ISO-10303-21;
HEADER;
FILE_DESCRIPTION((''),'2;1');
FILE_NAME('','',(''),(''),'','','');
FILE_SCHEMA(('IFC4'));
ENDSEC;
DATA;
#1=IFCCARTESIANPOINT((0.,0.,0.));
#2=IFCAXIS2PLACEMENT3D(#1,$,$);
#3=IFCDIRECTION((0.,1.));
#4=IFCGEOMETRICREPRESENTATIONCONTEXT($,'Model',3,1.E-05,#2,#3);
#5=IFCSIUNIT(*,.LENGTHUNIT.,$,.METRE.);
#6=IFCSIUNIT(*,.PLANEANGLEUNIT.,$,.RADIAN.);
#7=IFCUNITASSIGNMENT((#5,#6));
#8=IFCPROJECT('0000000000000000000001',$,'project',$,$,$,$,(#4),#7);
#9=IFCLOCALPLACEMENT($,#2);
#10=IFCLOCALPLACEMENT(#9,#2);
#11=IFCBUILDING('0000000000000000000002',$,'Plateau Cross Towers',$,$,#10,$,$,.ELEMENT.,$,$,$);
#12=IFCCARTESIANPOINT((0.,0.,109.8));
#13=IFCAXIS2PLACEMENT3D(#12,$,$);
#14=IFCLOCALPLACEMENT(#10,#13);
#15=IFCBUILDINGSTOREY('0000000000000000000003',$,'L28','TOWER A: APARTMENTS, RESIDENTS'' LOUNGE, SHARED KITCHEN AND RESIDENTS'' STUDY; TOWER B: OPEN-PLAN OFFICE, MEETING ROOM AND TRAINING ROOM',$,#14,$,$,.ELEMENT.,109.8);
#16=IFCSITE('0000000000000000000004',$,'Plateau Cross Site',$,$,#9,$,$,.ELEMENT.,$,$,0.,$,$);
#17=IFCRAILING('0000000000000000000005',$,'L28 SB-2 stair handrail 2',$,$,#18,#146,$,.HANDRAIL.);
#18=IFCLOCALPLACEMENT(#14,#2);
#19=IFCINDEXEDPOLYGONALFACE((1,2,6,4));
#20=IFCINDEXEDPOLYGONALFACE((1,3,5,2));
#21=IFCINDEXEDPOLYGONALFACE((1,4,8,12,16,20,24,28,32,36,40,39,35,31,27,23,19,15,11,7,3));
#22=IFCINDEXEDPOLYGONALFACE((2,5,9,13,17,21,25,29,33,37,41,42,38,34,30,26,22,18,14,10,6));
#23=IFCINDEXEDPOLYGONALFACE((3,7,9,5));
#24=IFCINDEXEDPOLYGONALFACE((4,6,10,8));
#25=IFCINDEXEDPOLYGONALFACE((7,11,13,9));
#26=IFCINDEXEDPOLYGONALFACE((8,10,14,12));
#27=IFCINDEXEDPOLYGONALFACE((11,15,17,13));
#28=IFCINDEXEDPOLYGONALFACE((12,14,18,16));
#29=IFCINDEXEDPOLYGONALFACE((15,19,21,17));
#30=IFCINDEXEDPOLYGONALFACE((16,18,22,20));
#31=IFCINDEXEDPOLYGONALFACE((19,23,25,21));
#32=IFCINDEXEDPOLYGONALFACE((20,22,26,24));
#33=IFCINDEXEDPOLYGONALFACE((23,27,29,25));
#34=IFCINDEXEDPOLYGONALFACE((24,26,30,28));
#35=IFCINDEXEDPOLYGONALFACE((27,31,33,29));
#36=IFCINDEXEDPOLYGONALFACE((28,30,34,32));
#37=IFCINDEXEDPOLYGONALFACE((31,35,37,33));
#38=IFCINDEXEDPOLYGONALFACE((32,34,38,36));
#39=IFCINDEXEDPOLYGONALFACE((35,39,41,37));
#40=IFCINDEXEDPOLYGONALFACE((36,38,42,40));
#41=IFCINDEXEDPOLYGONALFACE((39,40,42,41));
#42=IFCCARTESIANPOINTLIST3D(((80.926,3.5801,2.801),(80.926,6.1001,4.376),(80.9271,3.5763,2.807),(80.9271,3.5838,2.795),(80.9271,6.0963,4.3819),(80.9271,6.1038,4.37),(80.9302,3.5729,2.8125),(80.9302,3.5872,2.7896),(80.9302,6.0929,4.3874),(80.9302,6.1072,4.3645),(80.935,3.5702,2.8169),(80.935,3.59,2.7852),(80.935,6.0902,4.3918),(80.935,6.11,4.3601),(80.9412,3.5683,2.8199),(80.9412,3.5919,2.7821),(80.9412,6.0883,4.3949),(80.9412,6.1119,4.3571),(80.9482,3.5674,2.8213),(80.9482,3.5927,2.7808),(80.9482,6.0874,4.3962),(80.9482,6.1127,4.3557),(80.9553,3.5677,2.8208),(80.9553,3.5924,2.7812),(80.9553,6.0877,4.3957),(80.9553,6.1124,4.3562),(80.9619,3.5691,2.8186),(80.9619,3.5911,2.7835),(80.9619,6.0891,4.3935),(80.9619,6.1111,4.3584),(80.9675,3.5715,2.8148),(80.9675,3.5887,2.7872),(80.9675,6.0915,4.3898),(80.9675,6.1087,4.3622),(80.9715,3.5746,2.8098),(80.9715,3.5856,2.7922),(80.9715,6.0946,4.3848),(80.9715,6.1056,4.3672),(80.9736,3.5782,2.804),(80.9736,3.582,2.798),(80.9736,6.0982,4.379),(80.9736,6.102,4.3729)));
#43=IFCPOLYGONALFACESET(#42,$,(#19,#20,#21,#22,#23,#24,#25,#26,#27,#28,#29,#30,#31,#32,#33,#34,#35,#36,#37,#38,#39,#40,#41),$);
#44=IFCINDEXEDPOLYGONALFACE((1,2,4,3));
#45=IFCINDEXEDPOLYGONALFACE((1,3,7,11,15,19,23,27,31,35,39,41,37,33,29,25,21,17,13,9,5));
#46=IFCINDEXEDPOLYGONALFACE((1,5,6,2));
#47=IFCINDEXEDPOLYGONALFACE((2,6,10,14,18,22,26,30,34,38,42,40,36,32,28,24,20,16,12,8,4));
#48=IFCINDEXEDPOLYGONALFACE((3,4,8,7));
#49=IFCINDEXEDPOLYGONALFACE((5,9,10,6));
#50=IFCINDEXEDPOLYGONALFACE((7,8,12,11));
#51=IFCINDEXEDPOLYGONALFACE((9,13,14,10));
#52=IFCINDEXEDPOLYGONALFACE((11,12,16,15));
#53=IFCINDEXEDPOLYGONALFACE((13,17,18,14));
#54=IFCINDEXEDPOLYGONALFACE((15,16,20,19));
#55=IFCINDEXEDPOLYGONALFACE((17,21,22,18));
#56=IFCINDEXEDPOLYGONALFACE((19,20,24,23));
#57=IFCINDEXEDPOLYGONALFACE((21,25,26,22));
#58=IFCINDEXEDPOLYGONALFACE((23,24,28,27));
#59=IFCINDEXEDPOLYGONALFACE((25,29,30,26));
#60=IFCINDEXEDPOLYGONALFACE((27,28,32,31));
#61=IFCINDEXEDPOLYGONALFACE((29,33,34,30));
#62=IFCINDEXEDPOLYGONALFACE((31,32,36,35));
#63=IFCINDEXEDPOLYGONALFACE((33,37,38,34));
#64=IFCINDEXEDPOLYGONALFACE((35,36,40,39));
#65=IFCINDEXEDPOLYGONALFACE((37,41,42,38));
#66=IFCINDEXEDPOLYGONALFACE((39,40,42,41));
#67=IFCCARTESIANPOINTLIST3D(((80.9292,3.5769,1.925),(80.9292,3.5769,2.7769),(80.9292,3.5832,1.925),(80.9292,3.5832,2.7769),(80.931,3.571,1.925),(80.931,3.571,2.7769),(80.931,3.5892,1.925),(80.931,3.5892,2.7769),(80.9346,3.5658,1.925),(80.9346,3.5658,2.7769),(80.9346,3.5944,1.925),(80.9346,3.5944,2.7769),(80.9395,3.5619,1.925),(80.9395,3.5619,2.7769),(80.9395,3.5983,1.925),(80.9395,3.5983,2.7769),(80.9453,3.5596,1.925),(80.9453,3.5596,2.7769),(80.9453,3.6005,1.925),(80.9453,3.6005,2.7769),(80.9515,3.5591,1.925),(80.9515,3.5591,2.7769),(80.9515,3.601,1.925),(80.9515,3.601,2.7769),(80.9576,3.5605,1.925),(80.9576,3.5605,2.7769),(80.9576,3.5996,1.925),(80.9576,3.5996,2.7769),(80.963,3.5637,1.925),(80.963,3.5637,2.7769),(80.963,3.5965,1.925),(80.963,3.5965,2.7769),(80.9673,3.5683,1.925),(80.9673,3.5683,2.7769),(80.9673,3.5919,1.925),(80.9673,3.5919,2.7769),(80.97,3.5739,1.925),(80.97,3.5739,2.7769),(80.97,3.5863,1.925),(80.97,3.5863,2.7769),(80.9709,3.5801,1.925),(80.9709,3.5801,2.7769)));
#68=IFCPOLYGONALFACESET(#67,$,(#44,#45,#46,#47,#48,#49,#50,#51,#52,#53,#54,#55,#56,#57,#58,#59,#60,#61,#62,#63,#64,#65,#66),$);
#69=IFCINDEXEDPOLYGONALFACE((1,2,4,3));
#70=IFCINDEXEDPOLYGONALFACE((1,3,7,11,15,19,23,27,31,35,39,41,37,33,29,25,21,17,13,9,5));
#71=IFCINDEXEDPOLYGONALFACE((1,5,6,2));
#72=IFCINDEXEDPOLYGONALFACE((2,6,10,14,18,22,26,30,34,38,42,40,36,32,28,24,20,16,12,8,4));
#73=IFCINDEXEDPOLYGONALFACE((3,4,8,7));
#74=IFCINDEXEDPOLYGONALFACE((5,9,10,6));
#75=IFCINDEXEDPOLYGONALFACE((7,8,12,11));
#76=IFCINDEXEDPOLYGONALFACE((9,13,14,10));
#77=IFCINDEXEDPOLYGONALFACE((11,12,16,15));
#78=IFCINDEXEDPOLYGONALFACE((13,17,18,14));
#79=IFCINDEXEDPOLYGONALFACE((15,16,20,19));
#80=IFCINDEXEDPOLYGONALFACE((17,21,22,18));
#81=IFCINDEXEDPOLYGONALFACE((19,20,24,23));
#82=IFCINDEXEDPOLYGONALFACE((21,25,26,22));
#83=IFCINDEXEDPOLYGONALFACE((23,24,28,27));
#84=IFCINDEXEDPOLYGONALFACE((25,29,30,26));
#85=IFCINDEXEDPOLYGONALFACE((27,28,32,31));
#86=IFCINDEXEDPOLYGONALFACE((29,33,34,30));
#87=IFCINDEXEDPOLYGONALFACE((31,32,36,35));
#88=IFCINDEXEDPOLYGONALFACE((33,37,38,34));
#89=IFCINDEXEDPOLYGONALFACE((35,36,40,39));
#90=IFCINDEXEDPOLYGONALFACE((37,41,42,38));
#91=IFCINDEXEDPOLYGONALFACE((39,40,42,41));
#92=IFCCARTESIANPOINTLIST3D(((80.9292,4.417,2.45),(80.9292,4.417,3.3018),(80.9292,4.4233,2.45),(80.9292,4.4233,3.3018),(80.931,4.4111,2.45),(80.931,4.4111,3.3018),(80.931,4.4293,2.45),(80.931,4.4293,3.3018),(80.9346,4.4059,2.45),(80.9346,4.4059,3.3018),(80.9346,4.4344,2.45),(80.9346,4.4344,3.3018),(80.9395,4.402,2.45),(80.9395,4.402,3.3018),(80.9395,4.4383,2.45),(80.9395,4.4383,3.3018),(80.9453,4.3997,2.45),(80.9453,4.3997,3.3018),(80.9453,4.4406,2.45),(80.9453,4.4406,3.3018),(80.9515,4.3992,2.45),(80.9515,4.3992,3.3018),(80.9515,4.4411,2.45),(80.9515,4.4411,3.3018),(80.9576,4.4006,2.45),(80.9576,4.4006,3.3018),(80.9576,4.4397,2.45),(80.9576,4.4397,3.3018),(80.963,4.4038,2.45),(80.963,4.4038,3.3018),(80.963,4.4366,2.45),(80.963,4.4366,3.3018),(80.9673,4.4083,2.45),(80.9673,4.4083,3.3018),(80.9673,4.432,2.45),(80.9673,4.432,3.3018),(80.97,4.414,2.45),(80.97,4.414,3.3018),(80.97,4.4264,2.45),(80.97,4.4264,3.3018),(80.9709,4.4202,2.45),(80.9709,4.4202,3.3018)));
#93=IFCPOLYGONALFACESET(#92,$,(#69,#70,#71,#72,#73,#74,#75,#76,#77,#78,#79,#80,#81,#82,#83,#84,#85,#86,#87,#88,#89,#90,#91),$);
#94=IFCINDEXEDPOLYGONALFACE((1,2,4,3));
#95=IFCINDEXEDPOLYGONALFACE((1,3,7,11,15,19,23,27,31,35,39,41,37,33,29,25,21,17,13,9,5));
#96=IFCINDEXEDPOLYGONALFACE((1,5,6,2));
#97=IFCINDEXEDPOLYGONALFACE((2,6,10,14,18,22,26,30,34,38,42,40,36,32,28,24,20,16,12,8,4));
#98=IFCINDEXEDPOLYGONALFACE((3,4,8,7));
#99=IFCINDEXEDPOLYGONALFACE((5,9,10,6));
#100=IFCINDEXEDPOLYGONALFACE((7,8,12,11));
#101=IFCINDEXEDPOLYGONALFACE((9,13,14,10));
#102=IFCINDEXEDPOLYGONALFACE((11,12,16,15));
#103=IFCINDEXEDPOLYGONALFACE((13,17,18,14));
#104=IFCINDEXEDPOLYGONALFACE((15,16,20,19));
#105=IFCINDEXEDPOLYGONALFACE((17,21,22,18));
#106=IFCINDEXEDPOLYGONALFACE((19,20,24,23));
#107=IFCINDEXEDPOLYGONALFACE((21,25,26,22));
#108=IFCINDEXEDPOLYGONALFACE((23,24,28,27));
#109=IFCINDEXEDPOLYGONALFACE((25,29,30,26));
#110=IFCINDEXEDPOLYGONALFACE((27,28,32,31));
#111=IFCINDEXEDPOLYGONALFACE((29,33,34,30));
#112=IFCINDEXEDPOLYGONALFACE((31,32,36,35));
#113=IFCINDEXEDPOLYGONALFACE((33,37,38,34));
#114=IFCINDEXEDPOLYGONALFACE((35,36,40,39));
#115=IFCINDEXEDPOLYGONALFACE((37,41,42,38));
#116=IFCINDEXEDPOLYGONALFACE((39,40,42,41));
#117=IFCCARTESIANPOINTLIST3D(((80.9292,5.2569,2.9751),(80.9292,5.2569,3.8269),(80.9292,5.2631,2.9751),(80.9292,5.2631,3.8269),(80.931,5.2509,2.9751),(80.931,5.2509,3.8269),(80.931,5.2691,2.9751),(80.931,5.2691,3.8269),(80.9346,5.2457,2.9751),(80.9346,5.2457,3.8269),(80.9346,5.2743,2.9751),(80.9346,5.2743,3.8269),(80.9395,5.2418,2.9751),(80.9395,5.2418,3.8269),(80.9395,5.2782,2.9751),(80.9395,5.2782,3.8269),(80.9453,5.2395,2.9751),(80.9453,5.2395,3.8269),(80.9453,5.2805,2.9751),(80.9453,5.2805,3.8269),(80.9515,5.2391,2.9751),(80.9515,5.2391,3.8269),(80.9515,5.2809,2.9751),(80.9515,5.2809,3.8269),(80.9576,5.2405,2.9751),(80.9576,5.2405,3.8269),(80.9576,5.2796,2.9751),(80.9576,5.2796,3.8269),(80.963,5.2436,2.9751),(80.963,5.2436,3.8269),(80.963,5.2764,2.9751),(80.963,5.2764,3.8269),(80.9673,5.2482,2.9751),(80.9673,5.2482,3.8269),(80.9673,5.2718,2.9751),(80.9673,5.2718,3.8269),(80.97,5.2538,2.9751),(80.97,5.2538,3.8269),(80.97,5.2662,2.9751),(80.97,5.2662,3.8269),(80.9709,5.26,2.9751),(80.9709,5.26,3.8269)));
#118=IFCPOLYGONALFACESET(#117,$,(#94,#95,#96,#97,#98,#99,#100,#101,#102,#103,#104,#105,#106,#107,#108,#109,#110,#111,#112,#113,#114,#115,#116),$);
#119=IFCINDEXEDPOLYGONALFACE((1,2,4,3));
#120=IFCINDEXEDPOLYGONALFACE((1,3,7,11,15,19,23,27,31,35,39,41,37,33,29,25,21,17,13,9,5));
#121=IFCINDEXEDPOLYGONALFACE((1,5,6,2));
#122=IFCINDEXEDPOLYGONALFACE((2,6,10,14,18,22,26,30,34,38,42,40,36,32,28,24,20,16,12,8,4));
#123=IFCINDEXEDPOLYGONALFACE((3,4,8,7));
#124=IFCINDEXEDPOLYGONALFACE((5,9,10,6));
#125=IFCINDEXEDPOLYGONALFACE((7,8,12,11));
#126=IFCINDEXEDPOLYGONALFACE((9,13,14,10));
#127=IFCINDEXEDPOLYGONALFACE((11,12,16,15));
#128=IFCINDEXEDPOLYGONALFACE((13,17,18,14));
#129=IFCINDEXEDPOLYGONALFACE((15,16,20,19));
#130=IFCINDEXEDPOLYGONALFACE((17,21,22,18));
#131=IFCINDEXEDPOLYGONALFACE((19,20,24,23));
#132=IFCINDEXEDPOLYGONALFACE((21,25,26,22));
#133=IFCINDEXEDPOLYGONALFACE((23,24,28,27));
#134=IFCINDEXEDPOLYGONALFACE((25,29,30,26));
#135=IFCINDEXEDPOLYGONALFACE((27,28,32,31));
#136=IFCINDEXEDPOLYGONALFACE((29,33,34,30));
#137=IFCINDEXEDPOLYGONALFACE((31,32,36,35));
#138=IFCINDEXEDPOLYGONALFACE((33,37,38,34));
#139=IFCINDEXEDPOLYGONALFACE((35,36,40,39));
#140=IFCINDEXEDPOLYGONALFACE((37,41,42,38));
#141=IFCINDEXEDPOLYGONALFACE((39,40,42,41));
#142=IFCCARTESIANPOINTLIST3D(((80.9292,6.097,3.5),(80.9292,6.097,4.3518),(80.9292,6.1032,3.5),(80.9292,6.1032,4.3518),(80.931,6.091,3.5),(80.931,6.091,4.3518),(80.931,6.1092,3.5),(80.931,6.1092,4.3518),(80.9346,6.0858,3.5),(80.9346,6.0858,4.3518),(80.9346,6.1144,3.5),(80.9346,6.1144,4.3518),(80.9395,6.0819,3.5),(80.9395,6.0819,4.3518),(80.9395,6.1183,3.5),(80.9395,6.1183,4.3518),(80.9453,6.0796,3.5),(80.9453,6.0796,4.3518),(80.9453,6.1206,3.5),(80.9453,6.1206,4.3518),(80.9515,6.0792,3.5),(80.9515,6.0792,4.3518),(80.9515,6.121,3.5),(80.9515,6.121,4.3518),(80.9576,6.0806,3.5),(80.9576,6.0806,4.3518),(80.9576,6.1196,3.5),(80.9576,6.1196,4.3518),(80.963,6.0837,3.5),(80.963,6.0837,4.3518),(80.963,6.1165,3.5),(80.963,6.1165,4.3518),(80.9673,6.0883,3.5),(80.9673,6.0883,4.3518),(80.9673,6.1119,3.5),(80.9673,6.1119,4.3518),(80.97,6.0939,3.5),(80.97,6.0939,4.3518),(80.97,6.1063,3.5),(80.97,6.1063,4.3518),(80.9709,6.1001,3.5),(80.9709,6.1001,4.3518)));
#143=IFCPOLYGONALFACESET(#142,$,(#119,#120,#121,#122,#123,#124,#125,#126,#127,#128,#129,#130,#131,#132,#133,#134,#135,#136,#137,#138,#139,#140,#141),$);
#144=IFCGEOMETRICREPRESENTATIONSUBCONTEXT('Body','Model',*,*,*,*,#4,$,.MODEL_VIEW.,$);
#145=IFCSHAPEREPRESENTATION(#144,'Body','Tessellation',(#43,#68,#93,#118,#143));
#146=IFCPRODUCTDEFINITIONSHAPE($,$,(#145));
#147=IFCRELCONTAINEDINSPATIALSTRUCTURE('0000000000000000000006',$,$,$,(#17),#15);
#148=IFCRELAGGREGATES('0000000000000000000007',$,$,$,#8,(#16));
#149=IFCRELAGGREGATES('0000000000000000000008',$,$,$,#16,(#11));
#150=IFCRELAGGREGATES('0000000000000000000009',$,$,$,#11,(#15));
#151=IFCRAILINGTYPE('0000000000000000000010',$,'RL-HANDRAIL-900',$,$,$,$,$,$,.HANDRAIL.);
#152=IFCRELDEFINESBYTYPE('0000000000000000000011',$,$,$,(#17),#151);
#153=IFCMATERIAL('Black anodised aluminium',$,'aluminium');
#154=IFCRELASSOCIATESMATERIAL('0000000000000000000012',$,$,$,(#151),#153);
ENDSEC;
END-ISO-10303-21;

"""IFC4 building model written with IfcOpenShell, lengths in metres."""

from ifc_helpers import new_model, si_unit, direction, frame, origin, origin_2d, place, context, subcontext, project, spatial, circle, extrude, material, type_object, element, save


model = new_model("IFC4")

# Units and contexts
model_context = context("Model", 3, precision=1e-05, world=origin(), true_north=direction((0.0, 1.0)))
body_context = subcontext(model_context, "Body", "Model", "MODEL_VIEW")
ifc_project = project(units=[si_unit("LENGTHUNIT", "METRE"), si_unit("PLANEANGLEUNIT", "RADIAN")], contexts=[model_context])

# Site, building, storey
site_placement = place(None, origin())
site = spatial("IfcSite", under=ifc_project, at=site_placement, Name="Plateau Cross Site", CompositionType="ELEMENT", RefElevation=0.0)
building_placement = place(site_placement, origin())
building = spatial("IfcBuilding", under=site, at=building_placement, Name="Plateau Cross Towers", CompositionType="ELEMENT")
storey_placement = place(building_placement, frame((0.0, 0.0, 109.8)))
storey = spatial("IfcBuildingStorey", under=building, at=storey_placement, Name="L28", Description="TOWER A: APARTMENTS, RESIDENTS' LOUNGE, SHARED KITCHEN AND RESIDENTS' STUDY; TOWER B: OPEN-PLAN OFFICE, MEETING ROOM AND TRAINING ROOM", CompositionType="ELEMENT", Elevation=109.8)

# Shared definitions
ifc_material_1 = material(Name="Black anodised aluminium", Category="aluminium")

# Railing
railing_type_1 = type_object("IfcRailingType", Name="RL-HANDRAIL-900", PredefinedType="HANDRAIL", material=ifc_material_1)
railing_1_placement = place(storey_placement, frame((80.95, 3.5801, 1.925)))
element("IfcRailing", 1, at=railing_1_placement, inside=storey, type_object=railing_type_1, Name="L28 SB-2 stair handrail 2", PredefinedType="HANDRAIL", context=body_context, shape_type="SweptSolid", body=[
    extrude(circle(Radius=0.0239, at=origin_2d()), frame((0.0, 0.0, 0.876), z_axis=(0.0, 0.848008, 0.529984), x_axis=(-1.0, 0.0, 0.0)), (0.0, 0.0, 1.0), 2.9717),
    extrude(circle(Radius=0.021, at=origin_2d()), origin(), (0.0, 0.0, 1.0), 0.8518),
    extrude(circle(Radius=0.021, at=origin_2d()), frame((0.0, 0.8401, 0.5249)), (0.0, 0.0, 1.0), 0.8518),
    extrude(circle(Radius=0.021, at=origin_2d()), frame((0.0, 1.6799, 1.05)), (0.0, 0.0, 1.0), 0.8518),
    extrude(circle(Radius=0.021, at=origin_2d()), frame((0.0, 2.52, 1.575)), (0.0, 0.0, 1.0), 0.8518),
])

save(model, "model.ifc")
